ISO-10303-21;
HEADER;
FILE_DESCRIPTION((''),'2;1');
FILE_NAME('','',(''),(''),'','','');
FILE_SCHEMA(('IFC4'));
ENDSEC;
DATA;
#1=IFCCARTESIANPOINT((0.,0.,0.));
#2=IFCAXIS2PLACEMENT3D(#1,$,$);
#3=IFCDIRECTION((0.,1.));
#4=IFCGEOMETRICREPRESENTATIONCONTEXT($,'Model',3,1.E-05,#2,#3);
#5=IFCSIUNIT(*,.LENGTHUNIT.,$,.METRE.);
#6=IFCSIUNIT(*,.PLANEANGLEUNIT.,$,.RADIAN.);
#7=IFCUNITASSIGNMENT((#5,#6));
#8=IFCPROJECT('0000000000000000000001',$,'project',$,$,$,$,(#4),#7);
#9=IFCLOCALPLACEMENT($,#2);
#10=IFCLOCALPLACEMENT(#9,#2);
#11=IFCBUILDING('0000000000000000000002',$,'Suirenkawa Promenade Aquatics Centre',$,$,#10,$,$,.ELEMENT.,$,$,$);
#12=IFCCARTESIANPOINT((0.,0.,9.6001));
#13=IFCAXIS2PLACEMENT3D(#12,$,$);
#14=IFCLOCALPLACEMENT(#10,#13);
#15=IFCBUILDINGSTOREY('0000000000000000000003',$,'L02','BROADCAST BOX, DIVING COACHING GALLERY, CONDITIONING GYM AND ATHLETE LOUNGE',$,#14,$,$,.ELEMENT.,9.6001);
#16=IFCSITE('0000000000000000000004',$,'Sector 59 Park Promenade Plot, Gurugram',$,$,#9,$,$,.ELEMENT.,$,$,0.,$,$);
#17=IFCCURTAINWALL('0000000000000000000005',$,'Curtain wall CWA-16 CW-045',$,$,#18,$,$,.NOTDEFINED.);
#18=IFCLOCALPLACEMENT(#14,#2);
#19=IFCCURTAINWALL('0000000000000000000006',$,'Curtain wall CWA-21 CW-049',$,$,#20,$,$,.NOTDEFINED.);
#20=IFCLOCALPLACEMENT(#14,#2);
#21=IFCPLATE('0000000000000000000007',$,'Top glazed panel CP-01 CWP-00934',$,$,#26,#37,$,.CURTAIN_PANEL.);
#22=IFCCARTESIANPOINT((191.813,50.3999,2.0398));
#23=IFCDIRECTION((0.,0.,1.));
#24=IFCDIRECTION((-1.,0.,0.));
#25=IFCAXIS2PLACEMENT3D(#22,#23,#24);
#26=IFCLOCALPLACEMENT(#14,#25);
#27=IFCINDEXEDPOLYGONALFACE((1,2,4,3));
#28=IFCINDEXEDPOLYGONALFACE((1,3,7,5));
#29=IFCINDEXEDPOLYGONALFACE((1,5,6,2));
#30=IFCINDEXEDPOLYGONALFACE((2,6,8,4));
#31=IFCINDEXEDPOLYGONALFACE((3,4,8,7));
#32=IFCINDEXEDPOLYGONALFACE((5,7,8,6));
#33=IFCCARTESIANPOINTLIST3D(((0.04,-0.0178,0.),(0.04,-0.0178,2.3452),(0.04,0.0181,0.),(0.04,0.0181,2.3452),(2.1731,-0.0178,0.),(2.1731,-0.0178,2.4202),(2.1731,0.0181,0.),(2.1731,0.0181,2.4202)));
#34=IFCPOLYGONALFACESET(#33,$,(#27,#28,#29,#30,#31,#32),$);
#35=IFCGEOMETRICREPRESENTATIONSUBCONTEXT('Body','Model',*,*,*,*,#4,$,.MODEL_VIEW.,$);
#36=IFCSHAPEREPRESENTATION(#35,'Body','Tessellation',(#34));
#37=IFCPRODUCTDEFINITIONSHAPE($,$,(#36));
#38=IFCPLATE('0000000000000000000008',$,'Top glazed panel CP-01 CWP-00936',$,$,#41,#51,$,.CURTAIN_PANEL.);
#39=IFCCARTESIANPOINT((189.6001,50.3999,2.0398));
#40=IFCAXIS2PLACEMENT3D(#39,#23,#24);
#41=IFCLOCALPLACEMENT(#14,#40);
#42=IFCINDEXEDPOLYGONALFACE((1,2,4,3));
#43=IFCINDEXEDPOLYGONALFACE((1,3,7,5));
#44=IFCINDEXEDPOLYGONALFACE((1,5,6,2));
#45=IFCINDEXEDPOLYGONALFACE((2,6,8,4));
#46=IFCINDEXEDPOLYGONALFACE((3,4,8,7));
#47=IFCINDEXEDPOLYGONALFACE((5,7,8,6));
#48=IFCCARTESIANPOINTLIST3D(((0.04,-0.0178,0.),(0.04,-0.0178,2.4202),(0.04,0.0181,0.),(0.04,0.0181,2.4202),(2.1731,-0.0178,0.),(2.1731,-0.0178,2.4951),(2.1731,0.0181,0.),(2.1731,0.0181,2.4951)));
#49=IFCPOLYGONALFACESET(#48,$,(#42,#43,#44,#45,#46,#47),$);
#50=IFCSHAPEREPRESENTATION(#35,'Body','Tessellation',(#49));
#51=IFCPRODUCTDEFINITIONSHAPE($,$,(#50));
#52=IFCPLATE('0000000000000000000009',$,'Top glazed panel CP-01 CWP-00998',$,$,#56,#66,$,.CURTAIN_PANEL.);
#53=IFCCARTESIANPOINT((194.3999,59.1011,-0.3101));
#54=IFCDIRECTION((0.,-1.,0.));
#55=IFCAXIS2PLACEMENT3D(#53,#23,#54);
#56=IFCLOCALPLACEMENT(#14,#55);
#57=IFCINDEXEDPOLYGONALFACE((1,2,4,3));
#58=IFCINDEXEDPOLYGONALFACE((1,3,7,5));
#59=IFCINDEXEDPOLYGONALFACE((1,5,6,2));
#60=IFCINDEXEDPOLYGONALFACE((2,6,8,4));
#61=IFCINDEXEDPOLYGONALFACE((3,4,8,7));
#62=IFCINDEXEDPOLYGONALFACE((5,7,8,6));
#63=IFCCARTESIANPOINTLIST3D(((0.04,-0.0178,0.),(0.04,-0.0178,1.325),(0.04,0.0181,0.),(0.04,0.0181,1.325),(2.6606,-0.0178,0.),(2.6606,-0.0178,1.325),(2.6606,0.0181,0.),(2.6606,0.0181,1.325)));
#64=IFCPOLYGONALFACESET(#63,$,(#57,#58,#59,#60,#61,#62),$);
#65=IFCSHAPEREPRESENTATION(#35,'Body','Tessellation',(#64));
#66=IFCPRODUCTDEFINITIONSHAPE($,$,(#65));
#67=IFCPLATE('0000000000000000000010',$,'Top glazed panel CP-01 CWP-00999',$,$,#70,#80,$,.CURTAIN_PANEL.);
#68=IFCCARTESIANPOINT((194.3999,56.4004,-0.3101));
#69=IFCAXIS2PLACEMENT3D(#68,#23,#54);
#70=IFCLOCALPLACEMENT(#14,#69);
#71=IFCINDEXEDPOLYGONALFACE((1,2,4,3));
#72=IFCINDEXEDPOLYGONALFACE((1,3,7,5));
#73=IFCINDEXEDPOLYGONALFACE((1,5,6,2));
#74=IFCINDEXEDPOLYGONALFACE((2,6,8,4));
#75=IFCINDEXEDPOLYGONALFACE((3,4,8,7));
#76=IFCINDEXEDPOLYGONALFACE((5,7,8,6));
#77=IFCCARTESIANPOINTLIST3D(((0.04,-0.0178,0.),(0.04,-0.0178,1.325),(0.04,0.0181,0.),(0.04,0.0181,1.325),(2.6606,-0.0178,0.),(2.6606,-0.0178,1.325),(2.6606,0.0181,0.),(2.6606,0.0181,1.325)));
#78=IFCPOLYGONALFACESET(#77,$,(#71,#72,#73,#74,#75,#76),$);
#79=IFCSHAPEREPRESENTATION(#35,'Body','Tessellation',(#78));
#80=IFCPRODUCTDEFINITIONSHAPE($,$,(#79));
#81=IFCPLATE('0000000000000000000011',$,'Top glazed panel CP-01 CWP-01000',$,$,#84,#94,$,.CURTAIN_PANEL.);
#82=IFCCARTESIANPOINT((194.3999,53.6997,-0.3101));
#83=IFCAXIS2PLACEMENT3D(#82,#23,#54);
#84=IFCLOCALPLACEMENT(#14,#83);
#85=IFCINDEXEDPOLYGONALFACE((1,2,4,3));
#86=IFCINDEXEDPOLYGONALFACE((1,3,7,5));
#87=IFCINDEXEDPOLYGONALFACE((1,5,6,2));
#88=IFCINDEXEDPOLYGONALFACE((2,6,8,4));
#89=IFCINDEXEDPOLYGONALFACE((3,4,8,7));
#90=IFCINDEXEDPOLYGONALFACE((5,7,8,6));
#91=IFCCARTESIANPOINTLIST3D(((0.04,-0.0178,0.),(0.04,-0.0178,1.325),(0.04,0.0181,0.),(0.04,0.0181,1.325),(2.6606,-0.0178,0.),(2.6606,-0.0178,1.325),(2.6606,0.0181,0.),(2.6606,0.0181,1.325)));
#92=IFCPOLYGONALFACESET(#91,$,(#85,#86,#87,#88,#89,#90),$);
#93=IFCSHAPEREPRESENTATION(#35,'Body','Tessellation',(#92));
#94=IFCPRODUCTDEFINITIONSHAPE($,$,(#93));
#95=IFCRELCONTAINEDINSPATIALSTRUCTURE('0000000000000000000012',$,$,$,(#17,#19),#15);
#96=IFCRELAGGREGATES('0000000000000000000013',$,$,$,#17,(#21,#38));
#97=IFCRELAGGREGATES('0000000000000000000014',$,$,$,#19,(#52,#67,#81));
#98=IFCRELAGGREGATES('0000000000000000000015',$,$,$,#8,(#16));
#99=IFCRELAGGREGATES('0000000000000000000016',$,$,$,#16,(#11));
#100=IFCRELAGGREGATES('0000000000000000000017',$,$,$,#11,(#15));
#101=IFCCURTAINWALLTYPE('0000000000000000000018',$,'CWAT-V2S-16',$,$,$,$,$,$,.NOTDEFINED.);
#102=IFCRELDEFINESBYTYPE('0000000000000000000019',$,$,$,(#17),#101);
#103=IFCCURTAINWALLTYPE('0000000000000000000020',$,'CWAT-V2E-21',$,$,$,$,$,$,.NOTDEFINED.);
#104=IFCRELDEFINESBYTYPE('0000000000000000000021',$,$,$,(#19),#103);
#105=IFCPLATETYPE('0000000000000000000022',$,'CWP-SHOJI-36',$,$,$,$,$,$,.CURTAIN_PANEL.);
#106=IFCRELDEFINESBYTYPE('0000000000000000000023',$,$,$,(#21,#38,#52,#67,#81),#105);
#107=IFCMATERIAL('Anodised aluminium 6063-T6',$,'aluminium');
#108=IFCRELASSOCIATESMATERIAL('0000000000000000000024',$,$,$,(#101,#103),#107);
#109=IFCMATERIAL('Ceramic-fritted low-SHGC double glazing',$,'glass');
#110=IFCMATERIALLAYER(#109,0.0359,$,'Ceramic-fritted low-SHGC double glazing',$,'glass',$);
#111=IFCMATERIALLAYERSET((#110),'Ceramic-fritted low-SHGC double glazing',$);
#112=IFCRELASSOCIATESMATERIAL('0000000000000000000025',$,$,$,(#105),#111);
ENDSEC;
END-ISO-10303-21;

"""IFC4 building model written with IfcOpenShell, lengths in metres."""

from ifc_helpers import new_model, si_unit, direction, frame, origin, place, context, subcontext, project, spatial, polyline, outline, extrude, material, layer, layer_set, type_object, element, aggregate, save


model = new_model("IFC4")

# Units and contexts
model_context = context("Model", 3, precision=1e-05, world=origin(), true_north=direction((0.0, 1.0)))
body_context = subcontext(model_context, "Body", "Model", "MODEL_VIEW")
ifc_project = project(units=[si_unit("LENGTHUNIT", "METRE"), si_unit("PLANEANGLEUNIT", "RADIAN")], contexts=[model_context])

# Site, building, storey
site_placement = place(None, origin())
site = spatial("IfcSite", under=ifc_project, at=site_placement, Name="Sector 59 Park Promenade Plot, Gurugram", CompositionType="ELEMENT", RefElevation=0.0)
building_placement = place(site_placement, origin())
building = spatial("IfcBuilding", under=site, at=building_placement, Name="Suirenkawa Promenade Aquatics Centre", CompositionType="ELEMENT")
storey_placement = place(building_placement, frame((0.0, 0.0, 9.6001)))
storey = spatial("IfcBuildingStorey", under=building, at=storey_placement, Name="L02", Description="BROADCAST BOX, DIVING COACHING GALLERY, CONDITIONING GYM AND ATHLETE LOUNGE", CompositionType="ELEMENT", Elevation=9.6001)

# Curtain walls
ifc_material_1 = material(Name="Anodised aluminium 6063-T6", Category="aluminium")
curtain_wall_type_1 = type_object("IfcCurtainWallType", Name="CWAT-V2S-16", PredefinedType="NOTDEFINED", material=ifc_material_1)
curtain_wall_1_placement = place(storey_placement, origin())
curtain_wall_1 = element("IfcCurtainWall", 1, at=curtain_wall_1_placement, inside=storey, type_object=curtain_wall_type_1, Name="Curtain wall CWA-16 CW-045", PredefinedType="NOTDEFINED")
curtain_wall_type_2 = type_object("IfcCurtainWallType", Name="CWAT-V2E-21", PredefinedType="NOTDEFINED", material=ifc_material_1)
curtain_wall_2_placement = place(storey_placement, origin())
curtain_wall_2 = element("IfcCurtainWall", 2, at=curtain_wall_2_placement, inside=storey, type_object=curtain_wall_type_2, Name="Curtain wall CWA-21 CW-049", PredefinedType="NOTDEFINED")

# Plates
ifc_material_2 = material(Name="Ceramic-fritted low-SHGC double glazing", Category="glass")
ifc_layer_1 = layer(ifc_material_2, 0.0359, Name="Ceramic-fritted low-SHGC double glazing", Category="glass")
ifc_layer_set_1 = layer_set([ifc_layer_1], Name="Ceramic-fritted low-SHGC double glazing")
plate_type_1 = type_object("IfcPlateType", Name="CWP-SHOJI-36", PredefinedType="CURTAIN_PANEL", material=ifc_layer_set_1)
plate_1_placement = place(storey_placement, frame((191.813, 50.3999, 2.0398), z_axis=(0.0, 0.0, 1.0), x_axis=(-1.0, 0.0, 0.0)))
plate_1 = element("IfcPlate", 3, at=plate_1_placement, type_object=plate_type_1, Name="Top glazed panel CP-01 CWP-00934", PredefinedType="CURTAIN_PANEL", context=body_context, shape_type="SweptSolid", body=[
    extrude(outline(polyline([(0.04, 0.0), (2.1731, 0.0), (2.1731, 2.4202), (0.04, 2.3452), (0.04, 0.0)])), frame((0.0, 0.0181, 0.0), z_axis=(0.0, -1.0, 0.0), x_axis=(1.0, 0.0, 0.0)), (0.0, 0.0, 1.0), 0.0359),
])
plate_2_placement = place(storey_placement, frame((189.6001, 50.3999, 2.0398), z_axis=(0.0, 0.0, 1.0), x_axis=(-1.0, 0.0, 0.0)))
plate_2 = element("IfcPlate", 4, at=plate_2_placement, type_object=plate_type_1, Name="Top glazed panel CP-01 CWP-00936", PredefinedType="CURTAIN_PANEL", context=body_context, shape_type="SweptSolid", body=[
    extrude(outline(polyline([(0.04, 0.0), (2.1731, 0.0), (2.1731, 2.4951), (0.04, 2.4202), (0.04, 0.0)])), frame((0.0, 0.0181, 0.0), z_axis=(0.0, -1.0, 0.0), x_axis=(1.0, 0.0, 0.0)), (0.0, 0.0, 1.0), 0.0359),
])
aggregate(curtain_wall_1, [plate_1, plate_2])
plate_3_placement = place(storey_placement, frame((194.3999, 59.1011, -0.3101), z_axis=(0.0, 0.0, 1.0), x_axis=(0.0, -1.0, 0.0)))
plate_3 = element("IfcPlate", 5, at=plate_3_placement, type_object=plate_type_1, Name="Top glazed panel CP-01 CWP-00998", PredefinedType="CURTAIN_PANEL", context=body_context, shape_type="SweptSolid", body=[
    extrude(outline(polyline([(0.04, 0.0), (2.6606, 0.0), (2.6606, 1.325), (0.04, 1.325), (0.04, 0.0)])), frame((0.0, 0.0181, 0.0), z_axis=(0.0, -1.0, 0.0), x_axis=(1.0, 0.0, 0.0)), (0.0, 0.0, 1.0), 0.0359),
])
plate_4_placement = place(storey_placement, frame((194.3999, 56.4004, -0.3101), z_axis=(0.0, 0.0, 1.0), x_axis=(0.0, -1.0, 0.0)))
plate_4 = element("IfcPlate", 6, at=plate_4_placement, type_object=plate_type_1, Name="Top glazed panel CP-01 CWP-00999", PredefinedType="CURTAIN_PANEL", context=body_context, shape_type="SweptSolid", body=[
    extrude(outline(polyline([(0.04, 0.0), (2.6606, 0.0), (2.6606, 1.325), (0.04, 1.325), (0.04, 0.0)])), frame((0.0, 0.0181, 0.0), z_axis=(0.0, -1.0, 0.0), x_axis=(1.0, 0.0, 0.0)), (0.0, 0.0, 1.0), 0.0359),
])
plate_5_placement = place(storey_placement, frame((194.3999, 53.6997, -0.3101), z_axis=(0.0, 0.0, 1.0), x_axis=(0.0, -1.0, 0.0)))
plate_5 = element("IfcPlate", 7, at=plate_5_placement, type_object=plate_type_1, Name="Top glazed panel CP-01 CWP-01000", PredefinedType="CURTAIN_PANEL", context=body_context, shape_type="SweptSolid", body=[
    extrude(outline(polyline([(0.04, 0.0), (2.6606, 0.0), (2.6606, 1.325), (0.04, 1.325), (0.04, 0.0)])), frame((0.0, 0.0181, 0.0), z_axis=(0.0, -1.0, 0.0), x_axis=(1.0, 0.0, 0.0)), (0.0, 0.0, 1.0), 0.0359),
])
aggregate(curtain_wall_2, [plate_3, plate_4, plate_5])

save(model, "model.ifc")
